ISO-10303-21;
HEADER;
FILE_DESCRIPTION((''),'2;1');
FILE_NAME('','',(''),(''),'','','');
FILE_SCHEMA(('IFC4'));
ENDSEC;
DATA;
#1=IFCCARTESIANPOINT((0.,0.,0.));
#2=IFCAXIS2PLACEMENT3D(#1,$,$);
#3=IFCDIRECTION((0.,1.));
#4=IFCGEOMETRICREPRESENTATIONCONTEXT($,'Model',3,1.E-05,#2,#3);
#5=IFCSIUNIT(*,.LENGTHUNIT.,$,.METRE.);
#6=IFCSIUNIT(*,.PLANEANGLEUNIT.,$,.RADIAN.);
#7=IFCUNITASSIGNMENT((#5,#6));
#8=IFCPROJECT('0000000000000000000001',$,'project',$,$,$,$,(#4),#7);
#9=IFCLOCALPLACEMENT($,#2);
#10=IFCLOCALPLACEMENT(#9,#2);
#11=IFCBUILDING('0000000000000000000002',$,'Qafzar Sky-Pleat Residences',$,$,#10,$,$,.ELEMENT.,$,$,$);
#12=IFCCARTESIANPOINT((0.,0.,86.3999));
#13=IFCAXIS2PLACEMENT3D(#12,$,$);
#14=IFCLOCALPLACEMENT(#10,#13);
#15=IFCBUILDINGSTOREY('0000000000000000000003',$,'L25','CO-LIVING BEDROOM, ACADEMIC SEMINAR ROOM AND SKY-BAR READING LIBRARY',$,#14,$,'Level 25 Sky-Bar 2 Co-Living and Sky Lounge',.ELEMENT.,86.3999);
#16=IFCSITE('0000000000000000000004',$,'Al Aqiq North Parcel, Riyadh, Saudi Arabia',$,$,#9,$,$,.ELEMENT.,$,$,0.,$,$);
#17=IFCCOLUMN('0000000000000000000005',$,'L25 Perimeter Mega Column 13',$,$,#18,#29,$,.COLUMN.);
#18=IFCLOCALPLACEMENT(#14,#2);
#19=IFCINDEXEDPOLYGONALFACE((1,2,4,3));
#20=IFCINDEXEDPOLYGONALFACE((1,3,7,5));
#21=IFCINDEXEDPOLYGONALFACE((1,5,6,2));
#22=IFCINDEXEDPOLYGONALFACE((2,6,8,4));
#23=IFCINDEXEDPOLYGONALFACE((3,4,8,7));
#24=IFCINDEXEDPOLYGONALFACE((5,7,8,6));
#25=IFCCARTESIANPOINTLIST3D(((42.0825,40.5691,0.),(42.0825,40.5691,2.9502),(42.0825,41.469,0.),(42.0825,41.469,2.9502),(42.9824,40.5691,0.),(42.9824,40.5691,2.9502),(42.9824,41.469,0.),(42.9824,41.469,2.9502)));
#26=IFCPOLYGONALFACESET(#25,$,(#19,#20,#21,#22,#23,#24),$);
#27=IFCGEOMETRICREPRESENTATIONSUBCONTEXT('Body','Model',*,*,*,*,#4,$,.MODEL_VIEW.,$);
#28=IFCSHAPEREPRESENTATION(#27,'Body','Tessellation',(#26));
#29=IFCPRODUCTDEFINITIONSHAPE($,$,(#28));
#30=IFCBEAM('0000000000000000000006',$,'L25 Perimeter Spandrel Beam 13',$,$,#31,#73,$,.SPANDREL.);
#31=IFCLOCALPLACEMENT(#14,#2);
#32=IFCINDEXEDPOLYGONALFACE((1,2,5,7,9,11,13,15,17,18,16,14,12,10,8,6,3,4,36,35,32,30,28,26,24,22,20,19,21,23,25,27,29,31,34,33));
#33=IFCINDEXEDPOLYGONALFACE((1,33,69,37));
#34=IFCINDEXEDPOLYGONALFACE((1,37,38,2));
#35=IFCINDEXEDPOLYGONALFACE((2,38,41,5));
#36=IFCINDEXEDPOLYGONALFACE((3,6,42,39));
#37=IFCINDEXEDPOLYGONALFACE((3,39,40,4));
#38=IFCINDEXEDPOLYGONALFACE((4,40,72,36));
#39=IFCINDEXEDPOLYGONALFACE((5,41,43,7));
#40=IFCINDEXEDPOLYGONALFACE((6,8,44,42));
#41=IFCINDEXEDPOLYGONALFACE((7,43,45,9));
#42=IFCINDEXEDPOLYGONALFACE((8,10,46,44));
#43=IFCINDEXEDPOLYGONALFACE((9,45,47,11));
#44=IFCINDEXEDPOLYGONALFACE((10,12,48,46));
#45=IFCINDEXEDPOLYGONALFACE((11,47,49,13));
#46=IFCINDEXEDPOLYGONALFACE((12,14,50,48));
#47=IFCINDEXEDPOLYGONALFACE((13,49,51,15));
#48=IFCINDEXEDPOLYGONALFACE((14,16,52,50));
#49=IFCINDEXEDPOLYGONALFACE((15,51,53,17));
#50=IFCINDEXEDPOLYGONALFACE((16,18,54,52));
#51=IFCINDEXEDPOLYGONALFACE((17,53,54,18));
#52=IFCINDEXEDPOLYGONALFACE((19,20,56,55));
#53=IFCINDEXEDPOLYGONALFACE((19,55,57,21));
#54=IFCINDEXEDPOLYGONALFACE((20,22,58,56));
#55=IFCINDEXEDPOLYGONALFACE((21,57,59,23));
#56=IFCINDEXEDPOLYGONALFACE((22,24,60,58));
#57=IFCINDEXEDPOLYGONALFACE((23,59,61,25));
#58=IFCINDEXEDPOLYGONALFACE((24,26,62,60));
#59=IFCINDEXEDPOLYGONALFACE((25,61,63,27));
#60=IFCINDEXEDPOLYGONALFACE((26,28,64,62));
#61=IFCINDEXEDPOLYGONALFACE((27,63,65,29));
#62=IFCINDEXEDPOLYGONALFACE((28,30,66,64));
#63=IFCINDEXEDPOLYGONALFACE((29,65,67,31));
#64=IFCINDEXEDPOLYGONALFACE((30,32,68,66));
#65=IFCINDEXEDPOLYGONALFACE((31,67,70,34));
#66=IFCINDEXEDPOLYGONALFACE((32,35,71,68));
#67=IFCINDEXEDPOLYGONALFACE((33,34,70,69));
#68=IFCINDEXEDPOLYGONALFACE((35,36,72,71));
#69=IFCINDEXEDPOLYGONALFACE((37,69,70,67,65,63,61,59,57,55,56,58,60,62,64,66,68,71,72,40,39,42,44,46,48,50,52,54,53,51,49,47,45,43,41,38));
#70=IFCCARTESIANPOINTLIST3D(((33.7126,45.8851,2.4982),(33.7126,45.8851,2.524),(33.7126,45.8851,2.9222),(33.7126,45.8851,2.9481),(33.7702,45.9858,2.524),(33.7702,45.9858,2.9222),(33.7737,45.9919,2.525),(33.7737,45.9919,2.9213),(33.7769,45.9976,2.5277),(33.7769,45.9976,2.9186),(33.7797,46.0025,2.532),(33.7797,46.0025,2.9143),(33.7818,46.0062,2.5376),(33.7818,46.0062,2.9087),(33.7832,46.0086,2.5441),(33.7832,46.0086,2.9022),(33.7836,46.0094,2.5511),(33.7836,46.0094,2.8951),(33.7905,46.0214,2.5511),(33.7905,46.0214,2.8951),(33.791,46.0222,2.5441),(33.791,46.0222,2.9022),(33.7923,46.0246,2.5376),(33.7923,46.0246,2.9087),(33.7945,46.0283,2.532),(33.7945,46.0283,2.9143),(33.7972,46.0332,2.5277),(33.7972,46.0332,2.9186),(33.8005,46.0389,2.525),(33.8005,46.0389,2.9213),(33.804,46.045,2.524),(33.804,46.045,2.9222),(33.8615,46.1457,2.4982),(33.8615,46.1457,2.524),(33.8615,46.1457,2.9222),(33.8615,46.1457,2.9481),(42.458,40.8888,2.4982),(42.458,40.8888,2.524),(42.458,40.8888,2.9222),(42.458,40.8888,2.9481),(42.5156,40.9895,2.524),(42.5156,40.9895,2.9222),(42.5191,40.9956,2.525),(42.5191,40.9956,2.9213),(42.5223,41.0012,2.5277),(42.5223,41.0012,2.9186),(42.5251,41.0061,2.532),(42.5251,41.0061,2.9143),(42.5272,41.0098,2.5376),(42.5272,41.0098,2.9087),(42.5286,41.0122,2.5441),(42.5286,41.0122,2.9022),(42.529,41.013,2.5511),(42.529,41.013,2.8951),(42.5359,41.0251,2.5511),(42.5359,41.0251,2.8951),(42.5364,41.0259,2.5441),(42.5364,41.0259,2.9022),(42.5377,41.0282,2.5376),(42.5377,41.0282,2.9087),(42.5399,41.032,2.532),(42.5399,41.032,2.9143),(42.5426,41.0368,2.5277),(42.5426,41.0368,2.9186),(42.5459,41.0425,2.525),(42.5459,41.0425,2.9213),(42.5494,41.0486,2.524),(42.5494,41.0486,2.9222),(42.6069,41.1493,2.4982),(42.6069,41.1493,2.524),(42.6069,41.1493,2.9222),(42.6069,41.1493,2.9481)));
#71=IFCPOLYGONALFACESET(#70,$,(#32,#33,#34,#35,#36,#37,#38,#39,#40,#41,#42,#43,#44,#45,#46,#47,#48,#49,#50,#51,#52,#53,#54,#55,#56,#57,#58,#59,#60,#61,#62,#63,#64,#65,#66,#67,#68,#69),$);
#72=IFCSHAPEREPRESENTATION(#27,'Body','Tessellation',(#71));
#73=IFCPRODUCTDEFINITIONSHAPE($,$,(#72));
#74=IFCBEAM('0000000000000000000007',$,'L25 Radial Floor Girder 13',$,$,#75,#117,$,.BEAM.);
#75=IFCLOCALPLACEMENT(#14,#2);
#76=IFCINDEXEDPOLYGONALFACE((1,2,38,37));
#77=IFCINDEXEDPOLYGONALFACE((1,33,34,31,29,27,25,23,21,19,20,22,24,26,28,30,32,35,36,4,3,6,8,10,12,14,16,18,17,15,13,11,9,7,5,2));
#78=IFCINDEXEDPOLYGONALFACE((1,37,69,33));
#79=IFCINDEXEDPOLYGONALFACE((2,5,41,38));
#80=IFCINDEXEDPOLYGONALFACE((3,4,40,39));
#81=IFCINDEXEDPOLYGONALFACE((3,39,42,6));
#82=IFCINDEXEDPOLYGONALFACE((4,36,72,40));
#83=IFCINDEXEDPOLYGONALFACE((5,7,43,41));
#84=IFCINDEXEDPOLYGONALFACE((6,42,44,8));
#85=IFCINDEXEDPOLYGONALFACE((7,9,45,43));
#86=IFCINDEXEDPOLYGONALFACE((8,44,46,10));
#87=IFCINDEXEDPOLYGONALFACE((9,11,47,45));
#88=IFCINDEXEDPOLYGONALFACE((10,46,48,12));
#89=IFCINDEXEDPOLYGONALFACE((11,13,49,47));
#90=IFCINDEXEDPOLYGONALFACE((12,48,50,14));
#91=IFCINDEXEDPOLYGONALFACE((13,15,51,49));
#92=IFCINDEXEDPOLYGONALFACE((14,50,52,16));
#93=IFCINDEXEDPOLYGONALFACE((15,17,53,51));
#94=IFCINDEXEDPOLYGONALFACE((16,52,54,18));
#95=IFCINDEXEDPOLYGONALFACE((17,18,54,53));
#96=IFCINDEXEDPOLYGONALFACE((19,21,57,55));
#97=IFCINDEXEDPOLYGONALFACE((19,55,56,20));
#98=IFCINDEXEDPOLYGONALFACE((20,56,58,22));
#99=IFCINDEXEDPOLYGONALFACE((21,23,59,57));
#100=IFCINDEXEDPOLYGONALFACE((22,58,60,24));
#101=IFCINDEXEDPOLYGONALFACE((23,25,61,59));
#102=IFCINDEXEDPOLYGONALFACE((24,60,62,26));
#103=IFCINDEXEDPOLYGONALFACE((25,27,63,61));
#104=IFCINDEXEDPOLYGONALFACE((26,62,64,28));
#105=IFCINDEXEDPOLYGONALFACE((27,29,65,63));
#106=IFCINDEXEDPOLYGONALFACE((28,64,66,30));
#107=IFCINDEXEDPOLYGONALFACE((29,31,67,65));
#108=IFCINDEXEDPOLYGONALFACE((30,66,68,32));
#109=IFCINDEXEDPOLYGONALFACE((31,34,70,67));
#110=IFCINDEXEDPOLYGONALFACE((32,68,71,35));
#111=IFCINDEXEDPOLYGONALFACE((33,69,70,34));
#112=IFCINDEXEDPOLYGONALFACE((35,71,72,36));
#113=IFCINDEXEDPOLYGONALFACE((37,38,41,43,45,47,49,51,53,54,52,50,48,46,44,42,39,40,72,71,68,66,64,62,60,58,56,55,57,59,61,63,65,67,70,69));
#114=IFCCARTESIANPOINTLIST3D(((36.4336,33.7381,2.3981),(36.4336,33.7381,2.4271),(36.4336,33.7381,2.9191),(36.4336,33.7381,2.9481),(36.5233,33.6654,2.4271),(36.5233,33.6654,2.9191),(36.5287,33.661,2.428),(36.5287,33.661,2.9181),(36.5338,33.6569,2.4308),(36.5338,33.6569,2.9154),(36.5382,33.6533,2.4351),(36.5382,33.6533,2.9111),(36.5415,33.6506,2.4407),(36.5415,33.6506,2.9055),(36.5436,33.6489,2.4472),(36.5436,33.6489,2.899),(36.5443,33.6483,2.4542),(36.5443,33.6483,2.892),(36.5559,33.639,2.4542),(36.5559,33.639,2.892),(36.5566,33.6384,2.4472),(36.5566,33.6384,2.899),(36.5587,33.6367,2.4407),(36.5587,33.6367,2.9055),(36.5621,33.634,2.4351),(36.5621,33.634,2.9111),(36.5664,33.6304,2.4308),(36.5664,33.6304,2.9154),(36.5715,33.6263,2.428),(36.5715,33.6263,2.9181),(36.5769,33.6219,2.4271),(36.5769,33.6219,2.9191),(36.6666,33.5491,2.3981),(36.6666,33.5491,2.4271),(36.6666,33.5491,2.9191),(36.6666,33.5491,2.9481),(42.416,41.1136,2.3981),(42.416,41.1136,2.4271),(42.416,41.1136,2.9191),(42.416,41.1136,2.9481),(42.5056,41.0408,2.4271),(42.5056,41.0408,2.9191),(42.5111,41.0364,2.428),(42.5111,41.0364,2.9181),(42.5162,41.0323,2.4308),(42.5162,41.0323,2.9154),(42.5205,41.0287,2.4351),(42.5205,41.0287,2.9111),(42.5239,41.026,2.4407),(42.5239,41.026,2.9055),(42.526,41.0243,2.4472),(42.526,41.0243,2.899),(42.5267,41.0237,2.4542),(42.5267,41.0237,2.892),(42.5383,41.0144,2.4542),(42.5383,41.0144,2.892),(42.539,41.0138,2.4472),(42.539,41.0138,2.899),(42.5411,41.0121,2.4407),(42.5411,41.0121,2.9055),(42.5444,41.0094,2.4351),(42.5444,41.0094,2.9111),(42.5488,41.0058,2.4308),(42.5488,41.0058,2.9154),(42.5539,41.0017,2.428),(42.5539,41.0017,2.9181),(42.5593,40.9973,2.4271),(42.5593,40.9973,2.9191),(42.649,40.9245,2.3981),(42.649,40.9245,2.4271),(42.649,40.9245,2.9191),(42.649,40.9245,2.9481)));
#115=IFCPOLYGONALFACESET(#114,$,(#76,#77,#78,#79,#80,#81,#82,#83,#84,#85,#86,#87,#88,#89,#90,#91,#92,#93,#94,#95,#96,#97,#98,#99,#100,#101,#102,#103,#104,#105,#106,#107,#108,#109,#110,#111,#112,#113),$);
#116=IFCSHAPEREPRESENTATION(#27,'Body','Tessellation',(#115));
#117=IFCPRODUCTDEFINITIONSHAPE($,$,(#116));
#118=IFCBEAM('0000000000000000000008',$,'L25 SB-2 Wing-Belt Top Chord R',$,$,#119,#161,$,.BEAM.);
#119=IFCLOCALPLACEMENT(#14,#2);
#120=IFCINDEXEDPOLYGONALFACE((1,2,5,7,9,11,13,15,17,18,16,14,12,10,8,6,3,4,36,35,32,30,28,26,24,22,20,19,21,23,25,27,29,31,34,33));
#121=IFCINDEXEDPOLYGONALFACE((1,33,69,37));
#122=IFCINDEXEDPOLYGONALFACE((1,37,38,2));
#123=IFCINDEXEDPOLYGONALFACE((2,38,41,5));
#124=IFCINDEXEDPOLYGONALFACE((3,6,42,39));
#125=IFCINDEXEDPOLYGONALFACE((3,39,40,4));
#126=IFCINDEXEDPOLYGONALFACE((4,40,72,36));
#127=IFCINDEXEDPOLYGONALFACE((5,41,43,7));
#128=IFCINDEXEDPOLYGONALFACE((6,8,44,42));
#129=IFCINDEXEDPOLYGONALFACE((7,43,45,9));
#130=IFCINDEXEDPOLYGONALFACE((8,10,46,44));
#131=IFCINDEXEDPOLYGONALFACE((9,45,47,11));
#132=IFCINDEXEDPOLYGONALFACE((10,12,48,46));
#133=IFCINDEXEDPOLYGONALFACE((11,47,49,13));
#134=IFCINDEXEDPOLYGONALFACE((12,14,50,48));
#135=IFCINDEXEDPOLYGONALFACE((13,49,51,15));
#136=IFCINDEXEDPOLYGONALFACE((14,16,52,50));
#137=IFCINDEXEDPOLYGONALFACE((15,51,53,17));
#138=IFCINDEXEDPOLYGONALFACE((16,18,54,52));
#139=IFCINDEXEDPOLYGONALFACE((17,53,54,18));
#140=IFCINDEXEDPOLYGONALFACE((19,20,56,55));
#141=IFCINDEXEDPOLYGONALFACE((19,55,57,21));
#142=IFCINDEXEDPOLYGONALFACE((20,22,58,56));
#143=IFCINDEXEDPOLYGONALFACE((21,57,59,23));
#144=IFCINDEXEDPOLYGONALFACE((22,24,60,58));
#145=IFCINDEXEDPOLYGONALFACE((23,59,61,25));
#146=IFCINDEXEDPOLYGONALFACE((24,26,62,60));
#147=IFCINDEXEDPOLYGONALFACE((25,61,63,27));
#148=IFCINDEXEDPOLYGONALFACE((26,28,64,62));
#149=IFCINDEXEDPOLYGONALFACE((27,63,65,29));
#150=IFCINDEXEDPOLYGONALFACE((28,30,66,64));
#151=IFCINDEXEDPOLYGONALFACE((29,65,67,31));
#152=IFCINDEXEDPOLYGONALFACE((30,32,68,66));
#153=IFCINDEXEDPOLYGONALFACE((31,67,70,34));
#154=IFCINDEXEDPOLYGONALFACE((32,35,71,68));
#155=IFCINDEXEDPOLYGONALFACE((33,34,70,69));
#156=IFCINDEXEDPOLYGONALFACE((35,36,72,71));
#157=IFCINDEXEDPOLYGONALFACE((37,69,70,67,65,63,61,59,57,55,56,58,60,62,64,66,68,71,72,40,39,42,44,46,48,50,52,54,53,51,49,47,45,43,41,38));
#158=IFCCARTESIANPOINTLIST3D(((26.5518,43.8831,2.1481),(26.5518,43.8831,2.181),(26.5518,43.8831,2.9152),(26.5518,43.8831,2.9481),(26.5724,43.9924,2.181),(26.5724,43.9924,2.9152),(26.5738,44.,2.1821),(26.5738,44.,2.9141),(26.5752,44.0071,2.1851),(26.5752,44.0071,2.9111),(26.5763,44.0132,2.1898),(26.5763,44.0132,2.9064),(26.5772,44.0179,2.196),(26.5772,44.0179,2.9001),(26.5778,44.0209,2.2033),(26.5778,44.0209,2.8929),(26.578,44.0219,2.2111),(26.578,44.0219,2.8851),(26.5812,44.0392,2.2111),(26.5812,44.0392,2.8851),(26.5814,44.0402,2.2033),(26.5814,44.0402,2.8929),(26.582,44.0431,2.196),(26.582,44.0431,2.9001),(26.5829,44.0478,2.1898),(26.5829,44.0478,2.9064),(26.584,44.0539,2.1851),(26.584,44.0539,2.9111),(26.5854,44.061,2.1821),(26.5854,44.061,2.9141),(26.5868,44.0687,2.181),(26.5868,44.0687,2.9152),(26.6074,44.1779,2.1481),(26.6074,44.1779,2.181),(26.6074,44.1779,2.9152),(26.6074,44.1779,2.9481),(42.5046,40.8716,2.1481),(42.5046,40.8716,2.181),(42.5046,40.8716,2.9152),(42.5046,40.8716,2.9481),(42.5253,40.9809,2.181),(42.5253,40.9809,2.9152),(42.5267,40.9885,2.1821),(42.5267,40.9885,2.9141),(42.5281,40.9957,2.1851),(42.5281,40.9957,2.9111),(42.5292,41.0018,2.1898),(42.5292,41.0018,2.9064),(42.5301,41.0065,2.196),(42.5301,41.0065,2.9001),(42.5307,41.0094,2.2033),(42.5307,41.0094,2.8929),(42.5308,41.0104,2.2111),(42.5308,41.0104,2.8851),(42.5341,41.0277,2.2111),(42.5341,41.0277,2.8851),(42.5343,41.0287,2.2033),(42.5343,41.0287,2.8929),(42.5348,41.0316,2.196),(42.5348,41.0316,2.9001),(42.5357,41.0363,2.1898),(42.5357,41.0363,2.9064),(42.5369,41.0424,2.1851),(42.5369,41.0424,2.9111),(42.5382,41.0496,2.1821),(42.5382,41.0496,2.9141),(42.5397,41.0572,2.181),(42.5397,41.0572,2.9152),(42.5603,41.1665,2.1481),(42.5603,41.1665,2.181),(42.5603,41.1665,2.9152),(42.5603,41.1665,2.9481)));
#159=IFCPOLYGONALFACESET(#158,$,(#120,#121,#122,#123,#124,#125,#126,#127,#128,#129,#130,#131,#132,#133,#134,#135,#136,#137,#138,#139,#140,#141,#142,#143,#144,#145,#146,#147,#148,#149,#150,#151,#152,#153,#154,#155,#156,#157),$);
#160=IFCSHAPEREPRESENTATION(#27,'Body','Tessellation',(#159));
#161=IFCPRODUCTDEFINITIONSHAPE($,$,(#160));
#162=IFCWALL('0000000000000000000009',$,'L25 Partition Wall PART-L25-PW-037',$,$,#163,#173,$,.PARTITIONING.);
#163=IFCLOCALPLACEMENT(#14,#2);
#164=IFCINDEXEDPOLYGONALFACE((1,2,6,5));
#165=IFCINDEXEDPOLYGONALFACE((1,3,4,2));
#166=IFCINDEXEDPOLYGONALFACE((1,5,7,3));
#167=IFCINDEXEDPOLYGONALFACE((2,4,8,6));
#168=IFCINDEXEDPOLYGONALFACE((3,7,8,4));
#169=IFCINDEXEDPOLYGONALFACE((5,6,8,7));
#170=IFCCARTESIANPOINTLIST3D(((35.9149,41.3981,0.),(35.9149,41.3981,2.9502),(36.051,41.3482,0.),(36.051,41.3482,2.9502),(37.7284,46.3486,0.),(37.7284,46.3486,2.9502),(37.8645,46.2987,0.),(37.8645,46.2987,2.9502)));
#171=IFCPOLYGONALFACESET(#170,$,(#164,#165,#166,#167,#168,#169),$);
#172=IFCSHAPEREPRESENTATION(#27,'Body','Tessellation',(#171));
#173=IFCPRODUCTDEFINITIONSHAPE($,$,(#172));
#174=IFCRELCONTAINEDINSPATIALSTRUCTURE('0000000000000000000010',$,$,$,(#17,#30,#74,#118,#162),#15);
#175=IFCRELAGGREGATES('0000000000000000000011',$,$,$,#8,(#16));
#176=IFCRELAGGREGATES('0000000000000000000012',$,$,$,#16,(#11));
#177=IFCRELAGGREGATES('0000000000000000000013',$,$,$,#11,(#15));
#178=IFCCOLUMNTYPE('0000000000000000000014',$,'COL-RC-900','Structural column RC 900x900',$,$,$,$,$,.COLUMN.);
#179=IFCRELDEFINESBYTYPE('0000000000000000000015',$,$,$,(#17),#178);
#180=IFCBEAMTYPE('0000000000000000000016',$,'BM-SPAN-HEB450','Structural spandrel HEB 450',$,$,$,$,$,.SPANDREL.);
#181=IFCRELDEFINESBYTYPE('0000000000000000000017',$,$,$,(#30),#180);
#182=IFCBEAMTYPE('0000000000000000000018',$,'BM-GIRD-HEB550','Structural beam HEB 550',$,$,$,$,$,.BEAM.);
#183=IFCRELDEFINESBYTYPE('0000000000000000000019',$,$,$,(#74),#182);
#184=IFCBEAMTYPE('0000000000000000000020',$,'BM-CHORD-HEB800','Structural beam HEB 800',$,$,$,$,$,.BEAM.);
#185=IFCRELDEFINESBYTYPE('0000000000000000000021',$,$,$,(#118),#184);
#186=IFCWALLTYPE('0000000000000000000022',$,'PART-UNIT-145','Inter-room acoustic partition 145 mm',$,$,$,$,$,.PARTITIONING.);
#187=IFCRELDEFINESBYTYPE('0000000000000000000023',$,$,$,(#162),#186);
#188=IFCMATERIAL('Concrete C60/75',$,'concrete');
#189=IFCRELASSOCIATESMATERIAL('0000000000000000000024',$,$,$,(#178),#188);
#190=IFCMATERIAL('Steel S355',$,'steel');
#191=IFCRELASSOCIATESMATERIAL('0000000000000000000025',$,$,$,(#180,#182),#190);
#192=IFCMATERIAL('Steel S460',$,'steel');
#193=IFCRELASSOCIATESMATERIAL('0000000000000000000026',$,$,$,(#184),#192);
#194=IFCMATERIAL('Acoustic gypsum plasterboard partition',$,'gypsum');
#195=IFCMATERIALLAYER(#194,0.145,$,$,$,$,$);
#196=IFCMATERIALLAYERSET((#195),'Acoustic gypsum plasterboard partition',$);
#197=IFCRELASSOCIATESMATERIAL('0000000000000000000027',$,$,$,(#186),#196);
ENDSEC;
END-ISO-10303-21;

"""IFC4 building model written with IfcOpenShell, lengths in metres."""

from ifc_helpers import new_model, si_unit, direction, frame, frame_2d, origin, origin_2d, place, context, subcontext, project, spatial, rectangle, i_section, extrude, source, transform, mapped, material, layer, layer_set, material_profile, profile_set, type_object, element, save


model = new_model("IFC4")

# Units and contexts
model_context = context("Model", 3, precision=1e-05, world=origin(), true_north=direction((0.0, 1.0)))
body_context = subcontext(model_context, "Body", "Model", "MODEL_VIEW")
ifc_project = project(units=[si_unit("LENGTHUNIT", "METRE"), si_unit("PLANEANGLEUNIT", "RADIAN")], contexts=[model_context])

# Site, building, storey
site_placement = place(None, origin())
site = spatial("IfcSite", under=ifc_project, at=site_placement, Name="Al Aqiq North Parcel, Riyadh, Saudi Arabia", CompositionType="ELEMENT", RefElevation=0.0)
building_placement = place(site_placement, origin())
building = spatial("IfcBuilding", under=site, at=building_placement, Name="Qafzar Sky-Pleat Residences", CompositionType="ELEMENT")
storey_placement = place(building_placement, frame((0.0, 0.0, 86.3999)))
storey = spatial("IfcBuildingStorey", under=building, at=storey_placement, Name="L25", Description="CO-LIVING BEDROOM, ACADEMIC SEMINAR ROOM AND SKY-BAR READING LIBRARY", LongName="Level 25 Sky-Bar 2 Co-Living and Sky Lounge", CompositionType="ELEMENT", Elevation=86.3999)

# Column
ifc_material_1 = material(Name="Concrete C60/75", Category="concrete")
ifc_material_profile_1 = material_profile(ifc_material_1, rectangle(XDim=0.8999, YDim=0.8999, at=origin_2d()), Name="RC 900x900")
ifc_profile_set_1 = profile_set([ifc_material_profile_1], Name="Concrete C60/75")
column_type = type_object("IfcColumnType", Name="COL-RC-900", Description="Structural column RC 900x900", PredefinedType="COLUMN", material=ifc_profile_set_1)
shared_shape_1 = source(origin(), body_context, "Body", "SweptSolid", [
    extrude(rectangle(XDim=0.8999, YDim=0.8999, at=origin_2d()), origin(), (0.0, 0.0, 1.0), 2.9502),
])
column_placement = place(storey_placement, frame((42.5325, 41.019, 0.0), z_axis=(0.0, 0.0, 1.0), x_axis=(1.0, 0.0, 0.0)))
element("IfcColumn", 1, at=column_placement, inside=storey, type_object=column_type, Name="L25 Perimeter Mega Column 13", PredefinedType="COLUMN", context=body_context, shape_type="MappedRepresentation", body=[
    mapped(shared_shape_1, transform((0.0, 0.0, 0.0), x_axis=(1.0, 0.0, 0.0), y_axis=(0.0, 1.0, 0.0), z_axis=(0.0, 0.0, 1.0), scale=1.0)),
])

# Beams
ifc_material_2 = material(Name="Steel S355", Category="steel")
ifc_material_profile_2 = material_profile(ifc_material_2, i_section(OverallWidth=0.3, OverallDepth=0.45, WebThickness=0.0139, FlangeThickness=0.0259, FilletRadius=0.0271, at=origin_2d()), Name="HEB 450")
ifc_profile_set_2 = profile_set([ifc_material_profile_2], Name="Steel S355")
beam_type_1 = type_object("IfcBeamType", Name="BM-SPAN-HEB450", Description="Structural spandrel HEB 450", PredefinedType="SPANDREL", material=ifc_profile_set_2)
shared_shape_2 = source(origin(), body_context, "Body", "SweptSolid", [
    extrude(i_section(OverallWidth=0.3, OverallDepth=0.45, WebThickness=0.0139, FlangeThickness=0.0259, FilletRadius=0.0271, at=origin_2d()), origin(), (0.0, 0.0, 1.0), 10.072),
])
beam_1_placement = place(storey_placement, frame((42.5325, 41.019, 2.7231), z_axis=(-0.868286, 0.496063, 0.0), x_axis=(-0.496063, -0.868286, 0.0)))
element("IfcBeam", 2, at=beam_1_placement, inside=storey, type_object=beam_type_1, Name="L25 Perimeter Spandrel Beam 13", PredefinedType="SPANDREL", context=body_context, shape_type="MappedRepresentation", body=[
    mapped(shared_shape_2, transform((0.0, 0.0, 0.0), x_axis=(1.0, 0.0, 0.0), y_axis=(0.0, 1.0, 0.0), z_axis=(0.0, 0.0, 1.0), scale=1.0)),
])
ifc_material_profile_3 = material_profile(ifc_material_2, i_section(OverallWidth=0.3, OverallDepth=0.55, WebThickness=0.0149, FlangeThickness=0.0291, FilletRadius=0.0271, at=origin_2d()), Name="HEB 550")
ifc_profile_set_3 = profile_set([ifc_material_profile_3], Name="Steel S355")
beam_type_2 = type_object("IfcBeamType", Name="BM-GIRD-HEB550", Description="Structural beam HEB 550", PredefinedType="BEAM", material=ifc_profile_set_3)
shared_shape_3 = source(origin(), body_context, "Body", "SweptSolid", [
    extrude(i_section(OverallWidth=0.3, OverallDepth=0.55, WebThickness=0.0149, FlangeThickness=0.0291, FilletRadius=0.0271, at=origin_2d()), origin(), (0.0, 0.0, 1.0), 9.4966),
])
beam_2_placement = place(storey_placement, frame((42.5325, 41.019, 2.6731), z_axis=(-0.629948, -0.776637, 0.0), x_axis=(0.776637, -0.629948, 0.0)))
element("IfcBeam", 3, at=beam_2_placement, inside=storey, type_object=beam_type_2, Name="L25 Radial Floor Girder 13", PredefinedType="BEAM", context=body_context, shape_type="MappedRepresentation", body=[
    mapped(shared_shape_3, transform((0.0, 0.0, 0.0), x_axis=(1.0, 0.0, 0.0), y_axis=(0.0, 1.0, 0.0), z_axis=(0.0, 0.0, 1.0), scale=1.0)),
])
ifc_material_3 = material(Name="Steel S460", Category="steel")
ifc_material_profile_4 = material_profile(ifc_material_3, i_section(OverallWidth=0.3, OverallDepth=0.8, WebThickness=0.0176, FlangeThickness=0.033, FilletRadius=0.03, at=origin_2d()), Name="HEB 800")
ifc_profile_set_4 = profile_set([ifc_material_profile_4], Name="Steel S460")
beam_type_3 = type_object("IfcBeamType", Name="BM-CHORD-HEB800", Description="Structural beam HEB 800", PredefinedType="BEAM", material=ifc_profile_set_4)
shared_shape_4 = source(origin(), body_context, "Body", "SweptSolid", [
    extrude(i_section(OverallWidth=0.3, OverallDepth=0.8, WebThickness=0.0176, FlangeThickness=0.033, FilletRadius=0.03, at=origin_2d()), origin(), (0.0, 0.0, 1.0), 16.2346),
])
beam_3_placement = place(storey_placement, frame((42.5325, 41.019, 2.5481), z_axis=(-0.982645, 0.185497, 0.0), x_axis=(-0.185497, -0.982645, 0.0)))
element("IfcBeam", 4, at=beam_3_placement, inside=storey, type_object=beam_type_3, Name="L25 SB-2 Wing-Belt Top Chord R", PredefinedType="BEAM", context=body_context, shape_type="MappedRepresentation", body=[
    mapped(shared_shape_4, transform((0.0, 0.0, 0.0), x_axis=(1.0, 0.0, 0.0), y_axis=(0.0, 1.0, 0.0), z_axis=(0.0, 0.0, 1.0), scale=1.0)),
])

# Wall
ifc_material_4 = material(Name="Acoustic gypsum plasterboard partition", Category="gypsum")
ifc_layer_1 = layer(ifc_material_4, 0.145)
ifc_layer_set_1 = layer_set([ifc_layer_1], Name="Acoustic gypsum plasterboard partition")
wall_type_1 = type_object("IfcWallType", Name="PART-UNIT-145", Description="Inter-room acoustic partition 145 mm", PredefinedType="PARTITIONING", material=ifc_layer_set_1)
wall_1_placement = place(storey_placement, frame((35.9829, 41.373, 0.0), z_axis=(0.0, 0.0, 1.0), x_axis=(0.343973, 0.93898, 0.0)))
element("IfcWall", 5, at=wall_1_placement, inside=storey, type_object=wall_type_1, Name="L25 Partition Wall PART-L25-PW-037", PredefinedType="PARTITIONING", context=body_context, shape_type="SweptSolid", body=[
    extrude(rectangle(XDim=5.2722, YDim=0.145, at=frame_2d((2.6362, 0.0))), origin(), (0.0, 0.0, 1.0), 2.9502),
])

save(model, "model.ifc")
